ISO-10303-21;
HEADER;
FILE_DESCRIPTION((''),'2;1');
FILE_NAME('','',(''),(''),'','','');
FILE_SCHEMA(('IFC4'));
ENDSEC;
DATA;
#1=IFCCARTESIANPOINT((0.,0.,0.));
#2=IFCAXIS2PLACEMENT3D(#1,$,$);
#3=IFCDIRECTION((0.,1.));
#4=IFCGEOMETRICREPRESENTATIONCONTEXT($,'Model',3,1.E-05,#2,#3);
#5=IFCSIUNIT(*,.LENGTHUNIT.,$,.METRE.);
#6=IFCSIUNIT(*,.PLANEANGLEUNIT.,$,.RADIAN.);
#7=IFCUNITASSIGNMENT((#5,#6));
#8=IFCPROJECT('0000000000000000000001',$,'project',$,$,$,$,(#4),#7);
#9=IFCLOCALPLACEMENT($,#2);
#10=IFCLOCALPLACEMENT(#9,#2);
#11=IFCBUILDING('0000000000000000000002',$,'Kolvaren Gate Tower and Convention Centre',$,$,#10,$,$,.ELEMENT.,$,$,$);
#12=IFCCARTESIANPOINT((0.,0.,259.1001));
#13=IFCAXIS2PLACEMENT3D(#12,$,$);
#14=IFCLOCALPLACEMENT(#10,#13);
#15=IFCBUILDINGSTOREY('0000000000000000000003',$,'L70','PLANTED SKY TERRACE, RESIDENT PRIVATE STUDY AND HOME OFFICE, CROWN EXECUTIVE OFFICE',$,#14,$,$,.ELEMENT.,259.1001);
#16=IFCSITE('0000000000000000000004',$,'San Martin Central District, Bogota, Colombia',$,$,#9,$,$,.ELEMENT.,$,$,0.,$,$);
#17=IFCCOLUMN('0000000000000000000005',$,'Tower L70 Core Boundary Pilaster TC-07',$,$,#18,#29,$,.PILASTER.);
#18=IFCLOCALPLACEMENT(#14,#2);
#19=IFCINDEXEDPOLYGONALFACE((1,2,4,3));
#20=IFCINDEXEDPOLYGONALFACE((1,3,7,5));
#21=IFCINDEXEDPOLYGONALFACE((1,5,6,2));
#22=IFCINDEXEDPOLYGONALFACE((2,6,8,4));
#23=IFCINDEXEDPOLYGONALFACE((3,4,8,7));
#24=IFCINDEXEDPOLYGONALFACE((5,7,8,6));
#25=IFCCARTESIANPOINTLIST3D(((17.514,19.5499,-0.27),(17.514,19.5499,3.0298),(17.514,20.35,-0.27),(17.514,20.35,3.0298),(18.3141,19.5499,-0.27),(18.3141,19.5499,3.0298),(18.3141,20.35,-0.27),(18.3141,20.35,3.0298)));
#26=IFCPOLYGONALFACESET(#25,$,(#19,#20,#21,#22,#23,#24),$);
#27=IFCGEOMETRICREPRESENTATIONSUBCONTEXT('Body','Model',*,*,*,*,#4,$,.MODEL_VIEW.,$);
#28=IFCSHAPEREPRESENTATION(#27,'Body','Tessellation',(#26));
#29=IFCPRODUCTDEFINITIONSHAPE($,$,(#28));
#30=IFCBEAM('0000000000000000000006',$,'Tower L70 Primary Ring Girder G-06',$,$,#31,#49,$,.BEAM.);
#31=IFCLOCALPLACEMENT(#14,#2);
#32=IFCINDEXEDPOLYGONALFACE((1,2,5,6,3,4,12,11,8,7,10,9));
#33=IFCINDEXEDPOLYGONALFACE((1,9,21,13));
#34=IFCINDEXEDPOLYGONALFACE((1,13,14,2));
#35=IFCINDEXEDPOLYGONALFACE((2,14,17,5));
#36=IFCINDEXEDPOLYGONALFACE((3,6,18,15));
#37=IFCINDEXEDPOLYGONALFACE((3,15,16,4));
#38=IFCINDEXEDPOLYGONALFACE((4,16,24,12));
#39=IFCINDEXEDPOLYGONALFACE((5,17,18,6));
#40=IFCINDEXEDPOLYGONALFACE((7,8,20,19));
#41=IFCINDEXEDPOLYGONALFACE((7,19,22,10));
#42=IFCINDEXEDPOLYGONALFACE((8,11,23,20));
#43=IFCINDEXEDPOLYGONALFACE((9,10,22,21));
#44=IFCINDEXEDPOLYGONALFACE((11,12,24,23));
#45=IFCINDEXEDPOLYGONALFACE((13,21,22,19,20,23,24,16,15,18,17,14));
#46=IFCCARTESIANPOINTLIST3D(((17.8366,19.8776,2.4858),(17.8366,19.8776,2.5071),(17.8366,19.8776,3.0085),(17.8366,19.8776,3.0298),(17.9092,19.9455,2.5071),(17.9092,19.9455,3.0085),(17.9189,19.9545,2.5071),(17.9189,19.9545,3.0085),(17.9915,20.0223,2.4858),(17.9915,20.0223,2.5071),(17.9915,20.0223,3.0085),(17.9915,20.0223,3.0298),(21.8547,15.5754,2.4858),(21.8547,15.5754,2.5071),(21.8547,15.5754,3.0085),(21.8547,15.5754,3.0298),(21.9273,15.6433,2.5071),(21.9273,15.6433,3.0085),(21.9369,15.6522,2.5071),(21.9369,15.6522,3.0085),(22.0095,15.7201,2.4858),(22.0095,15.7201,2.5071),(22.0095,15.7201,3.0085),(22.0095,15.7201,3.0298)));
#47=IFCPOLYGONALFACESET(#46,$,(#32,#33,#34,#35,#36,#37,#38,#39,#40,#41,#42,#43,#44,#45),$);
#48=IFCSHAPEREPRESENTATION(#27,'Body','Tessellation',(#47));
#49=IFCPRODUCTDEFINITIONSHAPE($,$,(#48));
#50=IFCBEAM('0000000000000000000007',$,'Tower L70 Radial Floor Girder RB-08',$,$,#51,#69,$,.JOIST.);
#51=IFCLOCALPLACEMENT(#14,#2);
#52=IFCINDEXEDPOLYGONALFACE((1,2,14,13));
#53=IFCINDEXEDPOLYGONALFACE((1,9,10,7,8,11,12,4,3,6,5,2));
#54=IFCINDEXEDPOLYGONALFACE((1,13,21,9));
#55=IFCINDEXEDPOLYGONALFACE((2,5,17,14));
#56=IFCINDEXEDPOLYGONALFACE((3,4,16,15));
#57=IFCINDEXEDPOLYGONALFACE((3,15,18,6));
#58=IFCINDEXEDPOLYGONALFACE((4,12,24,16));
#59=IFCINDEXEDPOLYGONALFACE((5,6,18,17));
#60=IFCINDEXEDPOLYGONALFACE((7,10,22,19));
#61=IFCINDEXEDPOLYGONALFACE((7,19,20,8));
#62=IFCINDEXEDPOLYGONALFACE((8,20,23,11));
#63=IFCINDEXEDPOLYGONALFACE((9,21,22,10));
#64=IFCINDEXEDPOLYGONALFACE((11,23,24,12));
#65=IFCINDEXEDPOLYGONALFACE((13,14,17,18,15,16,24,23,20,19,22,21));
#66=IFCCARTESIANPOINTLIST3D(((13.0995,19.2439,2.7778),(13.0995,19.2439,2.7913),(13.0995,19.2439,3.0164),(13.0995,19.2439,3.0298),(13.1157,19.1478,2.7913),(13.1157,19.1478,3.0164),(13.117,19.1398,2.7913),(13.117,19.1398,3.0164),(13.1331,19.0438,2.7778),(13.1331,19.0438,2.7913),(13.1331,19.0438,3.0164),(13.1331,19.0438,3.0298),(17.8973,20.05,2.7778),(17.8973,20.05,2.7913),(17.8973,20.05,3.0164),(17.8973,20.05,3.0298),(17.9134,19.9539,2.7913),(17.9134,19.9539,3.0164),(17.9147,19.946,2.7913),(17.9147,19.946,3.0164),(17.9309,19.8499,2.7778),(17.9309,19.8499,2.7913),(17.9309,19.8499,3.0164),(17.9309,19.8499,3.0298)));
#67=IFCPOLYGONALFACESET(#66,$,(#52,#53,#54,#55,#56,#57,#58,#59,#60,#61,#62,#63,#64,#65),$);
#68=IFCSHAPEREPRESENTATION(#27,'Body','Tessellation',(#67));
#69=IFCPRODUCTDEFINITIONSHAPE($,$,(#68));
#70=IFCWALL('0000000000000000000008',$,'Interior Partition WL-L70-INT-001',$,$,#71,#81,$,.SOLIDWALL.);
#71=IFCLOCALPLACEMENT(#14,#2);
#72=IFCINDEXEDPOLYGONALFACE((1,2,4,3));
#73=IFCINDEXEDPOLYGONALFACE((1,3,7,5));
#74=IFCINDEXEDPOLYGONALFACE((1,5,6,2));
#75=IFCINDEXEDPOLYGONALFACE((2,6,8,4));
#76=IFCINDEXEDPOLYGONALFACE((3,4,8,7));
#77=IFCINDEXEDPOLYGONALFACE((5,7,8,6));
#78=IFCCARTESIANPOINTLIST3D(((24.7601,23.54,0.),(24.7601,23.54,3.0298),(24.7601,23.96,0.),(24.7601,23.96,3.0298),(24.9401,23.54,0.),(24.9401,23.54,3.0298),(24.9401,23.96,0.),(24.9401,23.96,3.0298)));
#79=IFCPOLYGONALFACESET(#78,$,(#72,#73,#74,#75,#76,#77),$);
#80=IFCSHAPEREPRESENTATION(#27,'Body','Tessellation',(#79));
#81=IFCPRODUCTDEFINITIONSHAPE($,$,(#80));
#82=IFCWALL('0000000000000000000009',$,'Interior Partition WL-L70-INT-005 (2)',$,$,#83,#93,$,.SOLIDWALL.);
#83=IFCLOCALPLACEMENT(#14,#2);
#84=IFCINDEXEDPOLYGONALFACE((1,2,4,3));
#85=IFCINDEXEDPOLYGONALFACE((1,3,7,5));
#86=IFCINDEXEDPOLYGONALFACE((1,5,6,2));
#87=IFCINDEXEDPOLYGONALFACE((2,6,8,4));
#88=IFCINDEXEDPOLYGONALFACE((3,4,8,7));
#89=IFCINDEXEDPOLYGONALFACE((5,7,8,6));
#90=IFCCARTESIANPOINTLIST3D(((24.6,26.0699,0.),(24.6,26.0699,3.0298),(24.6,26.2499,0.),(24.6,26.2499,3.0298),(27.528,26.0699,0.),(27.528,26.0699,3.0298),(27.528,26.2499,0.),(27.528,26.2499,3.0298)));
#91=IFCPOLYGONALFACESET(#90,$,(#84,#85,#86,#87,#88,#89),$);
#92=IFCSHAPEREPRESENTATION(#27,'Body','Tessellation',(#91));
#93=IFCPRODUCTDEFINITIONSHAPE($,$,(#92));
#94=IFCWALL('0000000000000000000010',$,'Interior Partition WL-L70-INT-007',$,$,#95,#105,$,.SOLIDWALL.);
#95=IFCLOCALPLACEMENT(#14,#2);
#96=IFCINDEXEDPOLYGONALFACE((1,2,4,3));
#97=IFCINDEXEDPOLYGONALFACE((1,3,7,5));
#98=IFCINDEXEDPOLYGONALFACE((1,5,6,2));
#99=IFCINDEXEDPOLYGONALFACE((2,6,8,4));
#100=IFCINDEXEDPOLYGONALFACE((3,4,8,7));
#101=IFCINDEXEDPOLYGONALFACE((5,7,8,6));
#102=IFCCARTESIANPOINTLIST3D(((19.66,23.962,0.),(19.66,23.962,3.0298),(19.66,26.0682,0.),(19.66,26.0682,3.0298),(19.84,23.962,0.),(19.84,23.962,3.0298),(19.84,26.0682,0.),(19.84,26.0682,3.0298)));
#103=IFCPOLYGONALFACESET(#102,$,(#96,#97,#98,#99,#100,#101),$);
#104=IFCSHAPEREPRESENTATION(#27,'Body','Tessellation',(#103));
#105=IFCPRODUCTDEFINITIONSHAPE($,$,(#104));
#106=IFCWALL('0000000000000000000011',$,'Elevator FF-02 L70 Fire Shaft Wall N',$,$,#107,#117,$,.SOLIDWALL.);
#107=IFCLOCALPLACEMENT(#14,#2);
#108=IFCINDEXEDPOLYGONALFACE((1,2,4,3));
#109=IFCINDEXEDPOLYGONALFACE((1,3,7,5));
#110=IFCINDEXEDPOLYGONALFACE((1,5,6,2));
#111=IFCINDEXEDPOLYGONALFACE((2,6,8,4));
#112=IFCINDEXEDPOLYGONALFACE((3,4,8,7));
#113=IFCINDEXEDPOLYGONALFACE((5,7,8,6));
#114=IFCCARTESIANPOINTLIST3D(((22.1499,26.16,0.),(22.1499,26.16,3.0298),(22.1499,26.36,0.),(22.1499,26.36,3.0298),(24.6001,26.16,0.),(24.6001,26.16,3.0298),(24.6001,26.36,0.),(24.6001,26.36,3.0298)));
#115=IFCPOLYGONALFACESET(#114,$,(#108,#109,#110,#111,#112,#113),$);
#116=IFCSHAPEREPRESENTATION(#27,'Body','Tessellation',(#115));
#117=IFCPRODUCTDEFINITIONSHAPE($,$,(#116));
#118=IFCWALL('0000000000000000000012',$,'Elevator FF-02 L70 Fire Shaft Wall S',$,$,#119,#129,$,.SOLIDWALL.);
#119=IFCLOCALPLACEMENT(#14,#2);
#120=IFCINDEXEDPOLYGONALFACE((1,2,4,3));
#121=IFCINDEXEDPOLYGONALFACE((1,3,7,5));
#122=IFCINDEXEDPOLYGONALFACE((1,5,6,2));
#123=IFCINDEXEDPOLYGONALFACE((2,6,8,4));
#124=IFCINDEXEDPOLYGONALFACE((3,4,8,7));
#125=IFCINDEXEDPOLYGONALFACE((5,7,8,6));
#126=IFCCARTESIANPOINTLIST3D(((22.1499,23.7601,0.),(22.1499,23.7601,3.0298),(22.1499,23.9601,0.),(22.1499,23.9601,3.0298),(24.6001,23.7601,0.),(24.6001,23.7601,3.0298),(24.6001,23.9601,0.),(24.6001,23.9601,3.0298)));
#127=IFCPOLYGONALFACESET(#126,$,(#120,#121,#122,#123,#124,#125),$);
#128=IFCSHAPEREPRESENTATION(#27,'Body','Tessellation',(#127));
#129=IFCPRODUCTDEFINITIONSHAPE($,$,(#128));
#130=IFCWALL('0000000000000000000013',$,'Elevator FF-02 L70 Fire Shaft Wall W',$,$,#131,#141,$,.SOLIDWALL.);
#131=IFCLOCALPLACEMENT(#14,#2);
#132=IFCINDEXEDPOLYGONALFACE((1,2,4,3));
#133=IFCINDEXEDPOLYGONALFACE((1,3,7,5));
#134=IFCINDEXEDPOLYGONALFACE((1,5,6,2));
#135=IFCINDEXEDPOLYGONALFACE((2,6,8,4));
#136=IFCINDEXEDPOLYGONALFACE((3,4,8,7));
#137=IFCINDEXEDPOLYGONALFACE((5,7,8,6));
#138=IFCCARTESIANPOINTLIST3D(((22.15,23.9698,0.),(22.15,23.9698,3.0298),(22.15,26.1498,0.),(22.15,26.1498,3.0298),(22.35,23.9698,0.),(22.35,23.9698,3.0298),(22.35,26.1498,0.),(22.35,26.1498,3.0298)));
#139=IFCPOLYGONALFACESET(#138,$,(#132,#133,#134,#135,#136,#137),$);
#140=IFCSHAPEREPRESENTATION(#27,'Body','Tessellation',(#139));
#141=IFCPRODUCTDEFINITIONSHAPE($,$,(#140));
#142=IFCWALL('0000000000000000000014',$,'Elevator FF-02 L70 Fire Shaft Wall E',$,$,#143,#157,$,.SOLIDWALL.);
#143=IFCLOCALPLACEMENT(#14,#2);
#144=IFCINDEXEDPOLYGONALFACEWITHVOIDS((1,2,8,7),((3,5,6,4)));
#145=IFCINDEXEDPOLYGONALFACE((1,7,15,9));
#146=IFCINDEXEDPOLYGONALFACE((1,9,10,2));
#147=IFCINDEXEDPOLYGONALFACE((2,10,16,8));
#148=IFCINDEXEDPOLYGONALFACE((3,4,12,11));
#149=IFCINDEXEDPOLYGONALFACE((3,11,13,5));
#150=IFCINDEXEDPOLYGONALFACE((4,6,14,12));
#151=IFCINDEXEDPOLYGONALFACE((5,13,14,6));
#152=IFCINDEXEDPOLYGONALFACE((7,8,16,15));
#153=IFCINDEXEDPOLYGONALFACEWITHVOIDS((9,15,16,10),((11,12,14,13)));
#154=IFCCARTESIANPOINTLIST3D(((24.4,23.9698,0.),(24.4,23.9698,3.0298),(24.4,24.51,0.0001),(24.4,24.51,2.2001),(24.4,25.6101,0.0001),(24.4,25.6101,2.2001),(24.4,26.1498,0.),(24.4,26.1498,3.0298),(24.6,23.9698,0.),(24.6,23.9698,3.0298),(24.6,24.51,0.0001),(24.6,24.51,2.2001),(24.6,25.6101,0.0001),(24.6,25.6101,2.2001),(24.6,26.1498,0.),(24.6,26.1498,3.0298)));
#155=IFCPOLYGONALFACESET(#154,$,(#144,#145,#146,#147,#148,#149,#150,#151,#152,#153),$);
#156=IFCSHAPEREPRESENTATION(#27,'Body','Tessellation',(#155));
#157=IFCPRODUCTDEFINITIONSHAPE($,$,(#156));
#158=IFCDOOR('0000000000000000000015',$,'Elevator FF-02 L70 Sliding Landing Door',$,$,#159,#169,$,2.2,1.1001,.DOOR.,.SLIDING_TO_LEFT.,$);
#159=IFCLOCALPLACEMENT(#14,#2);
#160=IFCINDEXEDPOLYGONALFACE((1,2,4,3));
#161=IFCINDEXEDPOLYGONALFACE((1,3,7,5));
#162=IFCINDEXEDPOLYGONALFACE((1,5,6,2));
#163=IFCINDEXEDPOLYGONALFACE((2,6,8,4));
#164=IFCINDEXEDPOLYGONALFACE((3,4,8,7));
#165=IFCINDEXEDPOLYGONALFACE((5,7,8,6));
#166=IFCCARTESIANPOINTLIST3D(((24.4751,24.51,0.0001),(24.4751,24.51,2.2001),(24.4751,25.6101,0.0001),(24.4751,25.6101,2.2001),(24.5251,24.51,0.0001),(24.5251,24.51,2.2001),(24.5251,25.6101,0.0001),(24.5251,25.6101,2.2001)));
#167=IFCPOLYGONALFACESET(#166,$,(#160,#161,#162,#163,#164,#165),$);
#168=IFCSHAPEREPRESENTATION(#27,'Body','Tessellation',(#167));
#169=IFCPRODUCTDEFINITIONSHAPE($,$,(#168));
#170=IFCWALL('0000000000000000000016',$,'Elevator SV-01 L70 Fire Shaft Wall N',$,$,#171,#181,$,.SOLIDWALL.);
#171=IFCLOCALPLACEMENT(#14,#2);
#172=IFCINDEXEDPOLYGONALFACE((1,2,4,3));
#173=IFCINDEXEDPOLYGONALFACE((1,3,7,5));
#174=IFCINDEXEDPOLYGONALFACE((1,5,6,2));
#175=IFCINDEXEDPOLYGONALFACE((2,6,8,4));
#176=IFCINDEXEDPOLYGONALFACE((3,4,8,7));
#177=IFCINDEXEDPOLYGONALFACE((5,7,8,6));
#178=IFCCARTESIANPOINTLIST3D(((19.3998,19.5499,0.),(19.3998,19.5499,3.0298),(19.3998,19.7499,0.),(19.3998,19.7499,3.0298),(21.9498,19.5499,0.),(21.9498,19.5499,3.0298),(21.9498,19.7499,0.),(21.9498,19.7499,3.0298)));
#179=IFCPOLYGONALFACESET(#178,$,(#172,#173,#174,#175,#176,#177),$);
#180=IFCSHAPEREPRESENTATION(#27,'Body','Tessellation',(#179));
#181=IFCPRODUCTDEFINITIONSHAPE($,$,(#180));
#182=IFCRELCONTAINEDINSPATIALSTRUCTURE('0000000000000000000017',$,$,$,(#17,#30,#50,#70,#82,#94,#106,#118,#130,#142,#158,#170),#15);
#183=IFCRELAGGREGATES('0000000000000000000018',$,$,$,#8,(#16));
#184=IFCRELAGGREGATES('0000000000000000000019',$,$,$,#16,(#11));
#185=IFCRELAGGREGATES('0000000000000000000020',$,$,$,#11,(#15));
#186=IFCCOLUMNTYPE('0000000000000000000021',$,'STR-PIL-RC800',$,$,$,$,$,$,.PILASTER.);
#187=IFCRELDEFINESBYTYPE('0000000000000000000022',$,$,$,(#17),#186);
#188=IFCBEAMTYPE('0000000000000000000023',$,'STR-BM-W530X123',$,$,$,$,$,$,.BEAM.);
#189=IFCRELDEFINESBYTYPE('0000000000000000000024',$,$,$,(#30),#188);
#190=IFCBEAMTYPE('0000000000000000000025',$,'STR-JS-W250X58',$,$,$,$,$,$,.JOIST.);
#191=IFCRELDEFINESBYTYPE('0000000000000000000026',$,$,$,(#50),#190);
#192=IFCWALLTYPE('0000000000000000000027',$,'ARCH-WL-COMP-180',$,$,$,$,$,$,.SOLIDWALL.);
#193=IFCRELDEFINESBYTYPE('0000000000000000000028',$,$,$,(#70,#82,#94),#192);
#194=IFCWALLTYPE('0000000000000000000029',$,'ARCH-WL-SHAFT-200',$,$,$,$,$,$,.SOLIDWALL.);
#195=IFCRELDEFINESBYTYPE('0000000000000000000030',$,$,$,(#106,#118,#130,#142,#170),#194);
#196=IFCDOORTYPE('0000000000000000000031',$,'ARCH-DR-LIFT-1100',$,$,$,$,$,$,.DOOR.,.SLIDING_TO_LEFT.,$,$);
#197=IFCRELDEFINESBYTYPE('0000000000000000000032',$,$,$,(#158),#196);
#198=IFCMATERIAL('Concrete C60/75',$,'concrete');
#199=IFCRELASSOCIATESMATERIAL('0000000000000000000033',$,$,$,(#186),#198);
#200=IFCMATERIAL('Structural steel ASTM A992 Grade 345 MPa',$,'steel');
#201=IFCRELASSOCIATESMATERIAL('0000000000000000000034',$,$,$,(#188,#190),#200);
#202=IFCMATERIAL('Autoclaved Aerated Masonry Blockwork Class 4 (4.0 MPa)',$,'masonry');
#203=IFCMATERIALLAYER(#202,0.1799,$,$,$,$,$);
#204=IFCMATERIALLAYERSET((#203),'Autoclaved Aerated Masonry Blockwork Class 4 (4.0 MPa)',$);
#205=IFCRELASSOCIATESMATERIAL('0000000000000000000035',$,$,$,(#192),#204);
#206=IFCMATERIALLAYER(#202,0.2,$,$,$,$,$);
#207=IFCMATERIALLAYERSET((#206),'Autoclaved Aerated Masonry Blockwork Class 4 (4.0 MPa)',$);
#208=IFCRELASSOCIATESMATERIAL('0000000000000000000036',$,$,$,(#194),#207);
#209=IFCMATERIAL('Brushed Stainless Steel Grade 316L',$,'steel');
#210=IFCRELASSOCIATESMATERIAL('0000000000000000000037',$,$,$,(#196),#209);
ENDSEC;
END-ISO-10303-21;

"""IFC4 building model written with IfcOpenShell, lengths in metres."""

from ifc_helpers import new_model, si_unit, direction, frame, frame_2d, origin, origin_2d, place, context, subcontext, project, spatial, rectangle, i_section, extrude, material, layer, layer_set, material_profile, profile_set, type_object, element, fill, save


model = new_model("IFC4")

# Units and contexts
model_context = context("Model", 3, precision=1e-05, world=origin(), true_north=direction((0.0, 1.0)))
body_context = subcontext(model_context, "Body", "Model", "MODEL_VIEW")
ifc_project = project(units=[si_unit("LENGTHUNIT", "METRE"), si_unit("PLANEANGLEUNIT", "RADIAN")], contexts=[model_context])

# Site, building, storey
site_placement = place(None, origin())
site = spatial("IfcSite", under=ifc_project, at=site_placement, Name="San Martin Central District, Bogota, Colombia", CompositionType="ELEMENT", RefElevation=0.0)
building_placement = place(site_placement, origin())
building = spatial("IfcBuilding", under=site, at=building_placement, Name="Kolvaren Gate Tower and Convention Centre", CompositionType="ELEMENT")
storey_placement = place(building_placement, frame((0.0, 0.0, 259.1001)))
storey = spatial("IfcBuildingStorey", under=building, at=storey_placement, Name="L70", Description="PLANTED SKY TERRACE, RESIDENT PRIVATE STUDY AND HOME OFFICE, CROWN EXECUTIVE OFFICE", CompositionType="ELEMENT", Elevation=259.1001)

# Column
ifc_material_1 = material(Name="Concrete C60/75", Category="concrete")
ifc_material_profile_1 = material_profile(ifc_material_1, rectangle(XDim=0.8, YDim=0.8, at=origin_2d()), Name="RC-COL-800X800")
ifc_profile_set_1 = profile_set([ifc_material_profile_1], Name="Concrete C60/75")
column_type = type_object("IfcColumnType", Name="STR-PIL-RC800", PredefinedType="PILASTER", material=ifc_profile_set_1)
column_placement = place(storey_placement, frame((17.9141, 19.95, -0.27), z_axis=(0.0, 0.0, 1.0), x_axis=(1.0, 0.0, 0.0)))
element("IfcColumn", 1, at=column_placement, inside=storey, type_object=column_type, Name="Tower L70 Core Boundary Pilaster TC-07", PredefinedType="PILASTER", context=body_context, shape_type="SweptSolid", body=[
    extrude(rectangle(XDim=0.8, YDim=0.8, at=origin_2d()), origin(), (0.0, 0.0, 1.0), 3.2998),
])

# Beams
ifc_material_2 = material(Name="Structural steel ASTM A992 Grade 345 MPa", Category="steel")
ifc_material_profile_2 = material_profile(ifc_material_2, i_section(OverallWidth=0.2119, OverallDepth=0.5439, WebThickness=0.0132, FlangeThickness=0.0212, at=origin_2d()), Name="W530X123")
ifc_profile_set_2 = profile_set([ifc_material_profile_2], Name="Structural steel ASTM A992 Grade 345 MPa")
beam_type_1 = type_object("IfcBeamType", Name="STR-BM-W530X123", PredefinedType="BEAM", material=ifc_profile_set_2)
beam_1_placement = place(storey_placement, frame((17.9141, 19.95, 2.7578), z_axis=(0.682558, -0.730832, 0.0), x_axis=(0.730832, 0.682558, 0.0)))
element("IfcBeam", 2, at=beam_1_placement, inside=storey, type_object=beam_type_1, Name="Tower L70 Primary Ring Girder G-06", PredefinedType="BEAM", context=body_context, shape_type="SweptSolid", body=[
    extrude(i_section(OverallWidth=0.2119, OverallDepth=0.5439, WebThickness=0.0132, FlangeThickness=0.0212, at=origin_2d()), origin(), (0.0, 0.0, 1.0), 5.8867),
])
ifc_material_profile_3 = material_profile(ifc_material_2, i_section(OverallWidth=0.2029, OverallDepth=0.252, WebThickness=0.0081, FlangeThickness=0.0134, at=origin_2d()), Name="W250X58")
ifc_profile_set_3 = profile_set([ifc_material_profile_3], Name="Structural steel ASTM A992 Grade 345 MPa")
beam_type_2 = type_object("IfcBeamType", Name="STR-JS-W250X58", PredefinedType="JOIST", material=ifc_profile_set_3)
beam_2_placement = place(storey_placement, frame((17.9141, 19.95, 2.9038), z_axis=(-0.986176, -0.165701, 0.0), x_axis=(0.165701, -0.986176, 0.0)))
element("IfcBeam", 3, at=beam_2_placement, inside=storey, type_object=beam_type_2, Name="Tower L70 Radial Floor Girder RB-08", PredefinedType="JOIST", context=body_context, shape_type="SweptSolid", body=[
    extrude(i_section(OverallWidth=0.2029, OverallDepth=0.252, WebThickness=0.0081, FlangeThickness=0.0134, at=origin_2d()), origin(), (0.0, 0.0, 1.0), 4.865),
])

# Walls
ifc_material_3 = material(Name="Autoclaved Aerated Masonry Blockwork Class 4 (4.0 MPa)", Category="masonry")
ifc_layer_1 = layer(ifc_material_3, 0.1799)
ifc_layer_set_1 = layer_set([ifc_layer_1], Name="Autoclaved Aerated Masonry Blockwork Class 4 (4.0 MPa)")
wall_type_1 = type_object("IfcWallType", Name="ARCH-WL-COMP-180", PredefinedType="SOLIDWALL", material=ifc_layer_set_1)
wall_1_placement = place(storey_placement, frame((24.8501, 23.54, 0.0), z_axis=(0.0, 0.0, 1.0), x_axis=(0.0, 1.0, 0.0)))
element("IfcWall", 4, at=wall_1_placement, inside=storey, type_object=wall_type_1, Name="Interior Partition WL-L70-INT-001", PredefinedType="SOLIDWALL", context=body_context, shape_type="SweptSolid", body=[
    extrude(rectangle(XDim=0.4199, YDim=0.1799, at=frame_2d((0.21, 0.0))), origin(), (0.0, 0.0, 1.0), 3.0298),
])
wall_2_placement = place(storey_placement, frame((24.6001, 26.1599, 0.0), z_axis=(0.0, 0.0, 1.0), x_axis=(1.0, 0.0, 0.0)))
element("IfcWall", 5, at=wall_2_placement, inside=storey, type_object=wall_type_1, Name="Interior Partition WL-L70-INT-005 (2)", PredefinedType="SOLIDWALL", context=body_context, shape_type="SweptSolid", body=[
    extrude(rectangle(XDim=2.928, YDim=0.1799, at=frame_2d((1.4639, 0.0))), origin(), (0.0, 0.0, 1.0), 3.0298),
])
wall_3_placement = place(storey_placement, frame((19.75, 23.9619, 0.0), z_axis=(0.0, 0.0, 1.0), x_axis=(0.0, 1.0, 0.0)))
element("IfcWall", 6, at=wall_3_placement, inside=storey, type_object=wall_type_1, Name="Interior Partition WL-L70-INT-007", PredefinedType="SOLIDWALL", context=body_context, shape_type="SweptSolid", body=[
    extrude(rectangle(XDim=2.1062, YDim=0.1799, at=frame_2d((1.0532, 0.0))), origin(), (0.0, 0.0, 1.0), 3.0298),
])
ifc_layer_2 = layer(ifc_material_3, 0.2)
ifc_layer_set_2 = layer_set([ifc_layer_2], Name="Autoclaved Aerated Masonry Blockwork Class 4 (4.0 MPa)")
wall_type_2 = type_object("IfcWallType", Name="ARCH-WL-SHAFT-200", PredefinedType="SOLIDWALL", material=ifc_layer_set_2)
for number, where, z_axis, x_axis, name in (
    (7, (22.1499, 26.26, 0.0), (0.0, 0.0, 1.0), (1.0, 0.0, 0.0), "Elevator FF-02 L70 Fire Shaft Wall N"),
    (8, (22.1499, 23.8601, 0.0), (0.0, 0.0, 1.0), (1.0, 0.0, 0.0), "Elevator FF-02 L70 Fire Shaft Wall S"),
):
    element("IfcWall", number, at=place(storey_placement, frame(where, z_axis=z_axis, x_axis=x_axis)), inside=storey, type_object=wall_type_2, Name=name, PredefinedType="SOLIDWALL", context=body_context, shape_type="SweptSolid", body=[
        extrude(rectangle(XDim=2.4502, YDim=0.2, at=frame_2d((1.2251, 0.0))), origin(), (0.0, 0.0, 1.0), 3.0298),
    ])
wall_4_placement = place(storey_placement, frame((22.25, 23.97, 0.0), z_axis=(0.0, 0.0, 1.0), x_axis=(0.0, 1.0, 0.0)))
element("IfcWall", 9, at=wall_4_placement, inside=storey, type_object=wall_type_2, Name="Elevator FF-02 L70 Fire Shaft Wall W", PredefinedType="SOLIDWALL", context=body_context, shape_type="SweptSolid", body=[
    extrude(rectangle(XDim=2.1799, YDim=0.2, at=frame_2d((1.0898, 0.0))), origin(), (0.0, 0.0, 1.0), 3.0298),
])

# Wall, opening, door
wall_5_placement = place(storey_placement, frame((24.5, 23.97, 0.0), z_axis=(0.0, 0.0, 1.0), x_axis=(0.0, 1.0, 0.0)))
wall_5 = element("IfcWall", 10, at=wall_5_placement, inside=storey, type_object=wall_type_2, Name="Elevator FF-02 L70 Fire Shaft Wall E", PredefinedType="SOLIDWALL", context=body_context, shape_type="SweptSolid", body=[
    extrude(rectangle(XDim=2.1799, YDim=0.2, at=frame_2d((1.0898, 0.0))), origin(), (0.0, 0.0, 1.0), 3.0298),
])
opening_1_placement = place(wall_5_placement, frame((0.54, 0.0, 0.0)))
opening_1 = element("IfcOpeningElement", 11, at=opening_1_placement, cuts=wall_5, PredefinedType="OPENING", context=body_context, shape_type="SweptSolid", body=[
    extrude(rectangle(XDim=1.1001, YDim=2.2, at=frame_2d((0.55, 1.1001))), frame((0.0, 0.1099, 0.0), z_axis=(0.0, -1.0, 0.0), x_axis=(1.0, 0.0, 0.0)), (0.0, 0.0, 1.0), 0.22),
])
ifc_material_4 = material(Name="Brushed Stainless Steel Grade 316L", Category="steel")
door_type_1 = type_object("IfcDoorType", Name="ARCH-DR-LIFT-1100", OperationType="SLIDING_TO_LEFT", PredefinedType="DOOR", material=ifc_material_4)
door_1_placement = place(opening_1_placement, origin())
door_1 = element("IfcDoor", 12, at=door_1_placement, inside=storey, type_object=door_type_1, Name="Elevator FF-02 L70 Sliding Landing Door", OperationType="SLIDING_TO_LEFT", OverallHeight=2.2, OverallWidth=1.1001, PredefinedType="DOOR", context=body_context, shape_type="SweptSolid", body=[
    extrude(rectangle(XDim=1.1001, YDim=2.2, at=frame_2d((0.55, 1.1001))), frame((0.0, 0.0249, 0.0), z_axis=(0.0, -1.0, 0.0), x_axis=(1.0, 0.0, 0.0)), (0.0, 0.0, 1.0), 0.05),
])
fill(opening_1, door_1)

# Wall
wall_6_placement = place(storey_placement, frame((19.3999, 19.6499, 0.0), z_axis=(0.0, 0.0, 1.0), x_axis=(1.0, 0.0, 0.0)))
element("IfcWall", 13, at=wall_6_placement, inside=storey, type_object=wall_type_2, Name="Elevator SV-01 L70 Fire Shaft Wall N", PredefinedType="SOLIDWALL", context=body_context, shape_type="SweptSolid", body=[
    extrude(rectangle(XDim=2.55, YDim=0.2, at=frame_2d((1.2749, 0.0))), origin(), (0.0, 0.0, 1.0), 3.0298),
])

save(model, "model.ifc")
